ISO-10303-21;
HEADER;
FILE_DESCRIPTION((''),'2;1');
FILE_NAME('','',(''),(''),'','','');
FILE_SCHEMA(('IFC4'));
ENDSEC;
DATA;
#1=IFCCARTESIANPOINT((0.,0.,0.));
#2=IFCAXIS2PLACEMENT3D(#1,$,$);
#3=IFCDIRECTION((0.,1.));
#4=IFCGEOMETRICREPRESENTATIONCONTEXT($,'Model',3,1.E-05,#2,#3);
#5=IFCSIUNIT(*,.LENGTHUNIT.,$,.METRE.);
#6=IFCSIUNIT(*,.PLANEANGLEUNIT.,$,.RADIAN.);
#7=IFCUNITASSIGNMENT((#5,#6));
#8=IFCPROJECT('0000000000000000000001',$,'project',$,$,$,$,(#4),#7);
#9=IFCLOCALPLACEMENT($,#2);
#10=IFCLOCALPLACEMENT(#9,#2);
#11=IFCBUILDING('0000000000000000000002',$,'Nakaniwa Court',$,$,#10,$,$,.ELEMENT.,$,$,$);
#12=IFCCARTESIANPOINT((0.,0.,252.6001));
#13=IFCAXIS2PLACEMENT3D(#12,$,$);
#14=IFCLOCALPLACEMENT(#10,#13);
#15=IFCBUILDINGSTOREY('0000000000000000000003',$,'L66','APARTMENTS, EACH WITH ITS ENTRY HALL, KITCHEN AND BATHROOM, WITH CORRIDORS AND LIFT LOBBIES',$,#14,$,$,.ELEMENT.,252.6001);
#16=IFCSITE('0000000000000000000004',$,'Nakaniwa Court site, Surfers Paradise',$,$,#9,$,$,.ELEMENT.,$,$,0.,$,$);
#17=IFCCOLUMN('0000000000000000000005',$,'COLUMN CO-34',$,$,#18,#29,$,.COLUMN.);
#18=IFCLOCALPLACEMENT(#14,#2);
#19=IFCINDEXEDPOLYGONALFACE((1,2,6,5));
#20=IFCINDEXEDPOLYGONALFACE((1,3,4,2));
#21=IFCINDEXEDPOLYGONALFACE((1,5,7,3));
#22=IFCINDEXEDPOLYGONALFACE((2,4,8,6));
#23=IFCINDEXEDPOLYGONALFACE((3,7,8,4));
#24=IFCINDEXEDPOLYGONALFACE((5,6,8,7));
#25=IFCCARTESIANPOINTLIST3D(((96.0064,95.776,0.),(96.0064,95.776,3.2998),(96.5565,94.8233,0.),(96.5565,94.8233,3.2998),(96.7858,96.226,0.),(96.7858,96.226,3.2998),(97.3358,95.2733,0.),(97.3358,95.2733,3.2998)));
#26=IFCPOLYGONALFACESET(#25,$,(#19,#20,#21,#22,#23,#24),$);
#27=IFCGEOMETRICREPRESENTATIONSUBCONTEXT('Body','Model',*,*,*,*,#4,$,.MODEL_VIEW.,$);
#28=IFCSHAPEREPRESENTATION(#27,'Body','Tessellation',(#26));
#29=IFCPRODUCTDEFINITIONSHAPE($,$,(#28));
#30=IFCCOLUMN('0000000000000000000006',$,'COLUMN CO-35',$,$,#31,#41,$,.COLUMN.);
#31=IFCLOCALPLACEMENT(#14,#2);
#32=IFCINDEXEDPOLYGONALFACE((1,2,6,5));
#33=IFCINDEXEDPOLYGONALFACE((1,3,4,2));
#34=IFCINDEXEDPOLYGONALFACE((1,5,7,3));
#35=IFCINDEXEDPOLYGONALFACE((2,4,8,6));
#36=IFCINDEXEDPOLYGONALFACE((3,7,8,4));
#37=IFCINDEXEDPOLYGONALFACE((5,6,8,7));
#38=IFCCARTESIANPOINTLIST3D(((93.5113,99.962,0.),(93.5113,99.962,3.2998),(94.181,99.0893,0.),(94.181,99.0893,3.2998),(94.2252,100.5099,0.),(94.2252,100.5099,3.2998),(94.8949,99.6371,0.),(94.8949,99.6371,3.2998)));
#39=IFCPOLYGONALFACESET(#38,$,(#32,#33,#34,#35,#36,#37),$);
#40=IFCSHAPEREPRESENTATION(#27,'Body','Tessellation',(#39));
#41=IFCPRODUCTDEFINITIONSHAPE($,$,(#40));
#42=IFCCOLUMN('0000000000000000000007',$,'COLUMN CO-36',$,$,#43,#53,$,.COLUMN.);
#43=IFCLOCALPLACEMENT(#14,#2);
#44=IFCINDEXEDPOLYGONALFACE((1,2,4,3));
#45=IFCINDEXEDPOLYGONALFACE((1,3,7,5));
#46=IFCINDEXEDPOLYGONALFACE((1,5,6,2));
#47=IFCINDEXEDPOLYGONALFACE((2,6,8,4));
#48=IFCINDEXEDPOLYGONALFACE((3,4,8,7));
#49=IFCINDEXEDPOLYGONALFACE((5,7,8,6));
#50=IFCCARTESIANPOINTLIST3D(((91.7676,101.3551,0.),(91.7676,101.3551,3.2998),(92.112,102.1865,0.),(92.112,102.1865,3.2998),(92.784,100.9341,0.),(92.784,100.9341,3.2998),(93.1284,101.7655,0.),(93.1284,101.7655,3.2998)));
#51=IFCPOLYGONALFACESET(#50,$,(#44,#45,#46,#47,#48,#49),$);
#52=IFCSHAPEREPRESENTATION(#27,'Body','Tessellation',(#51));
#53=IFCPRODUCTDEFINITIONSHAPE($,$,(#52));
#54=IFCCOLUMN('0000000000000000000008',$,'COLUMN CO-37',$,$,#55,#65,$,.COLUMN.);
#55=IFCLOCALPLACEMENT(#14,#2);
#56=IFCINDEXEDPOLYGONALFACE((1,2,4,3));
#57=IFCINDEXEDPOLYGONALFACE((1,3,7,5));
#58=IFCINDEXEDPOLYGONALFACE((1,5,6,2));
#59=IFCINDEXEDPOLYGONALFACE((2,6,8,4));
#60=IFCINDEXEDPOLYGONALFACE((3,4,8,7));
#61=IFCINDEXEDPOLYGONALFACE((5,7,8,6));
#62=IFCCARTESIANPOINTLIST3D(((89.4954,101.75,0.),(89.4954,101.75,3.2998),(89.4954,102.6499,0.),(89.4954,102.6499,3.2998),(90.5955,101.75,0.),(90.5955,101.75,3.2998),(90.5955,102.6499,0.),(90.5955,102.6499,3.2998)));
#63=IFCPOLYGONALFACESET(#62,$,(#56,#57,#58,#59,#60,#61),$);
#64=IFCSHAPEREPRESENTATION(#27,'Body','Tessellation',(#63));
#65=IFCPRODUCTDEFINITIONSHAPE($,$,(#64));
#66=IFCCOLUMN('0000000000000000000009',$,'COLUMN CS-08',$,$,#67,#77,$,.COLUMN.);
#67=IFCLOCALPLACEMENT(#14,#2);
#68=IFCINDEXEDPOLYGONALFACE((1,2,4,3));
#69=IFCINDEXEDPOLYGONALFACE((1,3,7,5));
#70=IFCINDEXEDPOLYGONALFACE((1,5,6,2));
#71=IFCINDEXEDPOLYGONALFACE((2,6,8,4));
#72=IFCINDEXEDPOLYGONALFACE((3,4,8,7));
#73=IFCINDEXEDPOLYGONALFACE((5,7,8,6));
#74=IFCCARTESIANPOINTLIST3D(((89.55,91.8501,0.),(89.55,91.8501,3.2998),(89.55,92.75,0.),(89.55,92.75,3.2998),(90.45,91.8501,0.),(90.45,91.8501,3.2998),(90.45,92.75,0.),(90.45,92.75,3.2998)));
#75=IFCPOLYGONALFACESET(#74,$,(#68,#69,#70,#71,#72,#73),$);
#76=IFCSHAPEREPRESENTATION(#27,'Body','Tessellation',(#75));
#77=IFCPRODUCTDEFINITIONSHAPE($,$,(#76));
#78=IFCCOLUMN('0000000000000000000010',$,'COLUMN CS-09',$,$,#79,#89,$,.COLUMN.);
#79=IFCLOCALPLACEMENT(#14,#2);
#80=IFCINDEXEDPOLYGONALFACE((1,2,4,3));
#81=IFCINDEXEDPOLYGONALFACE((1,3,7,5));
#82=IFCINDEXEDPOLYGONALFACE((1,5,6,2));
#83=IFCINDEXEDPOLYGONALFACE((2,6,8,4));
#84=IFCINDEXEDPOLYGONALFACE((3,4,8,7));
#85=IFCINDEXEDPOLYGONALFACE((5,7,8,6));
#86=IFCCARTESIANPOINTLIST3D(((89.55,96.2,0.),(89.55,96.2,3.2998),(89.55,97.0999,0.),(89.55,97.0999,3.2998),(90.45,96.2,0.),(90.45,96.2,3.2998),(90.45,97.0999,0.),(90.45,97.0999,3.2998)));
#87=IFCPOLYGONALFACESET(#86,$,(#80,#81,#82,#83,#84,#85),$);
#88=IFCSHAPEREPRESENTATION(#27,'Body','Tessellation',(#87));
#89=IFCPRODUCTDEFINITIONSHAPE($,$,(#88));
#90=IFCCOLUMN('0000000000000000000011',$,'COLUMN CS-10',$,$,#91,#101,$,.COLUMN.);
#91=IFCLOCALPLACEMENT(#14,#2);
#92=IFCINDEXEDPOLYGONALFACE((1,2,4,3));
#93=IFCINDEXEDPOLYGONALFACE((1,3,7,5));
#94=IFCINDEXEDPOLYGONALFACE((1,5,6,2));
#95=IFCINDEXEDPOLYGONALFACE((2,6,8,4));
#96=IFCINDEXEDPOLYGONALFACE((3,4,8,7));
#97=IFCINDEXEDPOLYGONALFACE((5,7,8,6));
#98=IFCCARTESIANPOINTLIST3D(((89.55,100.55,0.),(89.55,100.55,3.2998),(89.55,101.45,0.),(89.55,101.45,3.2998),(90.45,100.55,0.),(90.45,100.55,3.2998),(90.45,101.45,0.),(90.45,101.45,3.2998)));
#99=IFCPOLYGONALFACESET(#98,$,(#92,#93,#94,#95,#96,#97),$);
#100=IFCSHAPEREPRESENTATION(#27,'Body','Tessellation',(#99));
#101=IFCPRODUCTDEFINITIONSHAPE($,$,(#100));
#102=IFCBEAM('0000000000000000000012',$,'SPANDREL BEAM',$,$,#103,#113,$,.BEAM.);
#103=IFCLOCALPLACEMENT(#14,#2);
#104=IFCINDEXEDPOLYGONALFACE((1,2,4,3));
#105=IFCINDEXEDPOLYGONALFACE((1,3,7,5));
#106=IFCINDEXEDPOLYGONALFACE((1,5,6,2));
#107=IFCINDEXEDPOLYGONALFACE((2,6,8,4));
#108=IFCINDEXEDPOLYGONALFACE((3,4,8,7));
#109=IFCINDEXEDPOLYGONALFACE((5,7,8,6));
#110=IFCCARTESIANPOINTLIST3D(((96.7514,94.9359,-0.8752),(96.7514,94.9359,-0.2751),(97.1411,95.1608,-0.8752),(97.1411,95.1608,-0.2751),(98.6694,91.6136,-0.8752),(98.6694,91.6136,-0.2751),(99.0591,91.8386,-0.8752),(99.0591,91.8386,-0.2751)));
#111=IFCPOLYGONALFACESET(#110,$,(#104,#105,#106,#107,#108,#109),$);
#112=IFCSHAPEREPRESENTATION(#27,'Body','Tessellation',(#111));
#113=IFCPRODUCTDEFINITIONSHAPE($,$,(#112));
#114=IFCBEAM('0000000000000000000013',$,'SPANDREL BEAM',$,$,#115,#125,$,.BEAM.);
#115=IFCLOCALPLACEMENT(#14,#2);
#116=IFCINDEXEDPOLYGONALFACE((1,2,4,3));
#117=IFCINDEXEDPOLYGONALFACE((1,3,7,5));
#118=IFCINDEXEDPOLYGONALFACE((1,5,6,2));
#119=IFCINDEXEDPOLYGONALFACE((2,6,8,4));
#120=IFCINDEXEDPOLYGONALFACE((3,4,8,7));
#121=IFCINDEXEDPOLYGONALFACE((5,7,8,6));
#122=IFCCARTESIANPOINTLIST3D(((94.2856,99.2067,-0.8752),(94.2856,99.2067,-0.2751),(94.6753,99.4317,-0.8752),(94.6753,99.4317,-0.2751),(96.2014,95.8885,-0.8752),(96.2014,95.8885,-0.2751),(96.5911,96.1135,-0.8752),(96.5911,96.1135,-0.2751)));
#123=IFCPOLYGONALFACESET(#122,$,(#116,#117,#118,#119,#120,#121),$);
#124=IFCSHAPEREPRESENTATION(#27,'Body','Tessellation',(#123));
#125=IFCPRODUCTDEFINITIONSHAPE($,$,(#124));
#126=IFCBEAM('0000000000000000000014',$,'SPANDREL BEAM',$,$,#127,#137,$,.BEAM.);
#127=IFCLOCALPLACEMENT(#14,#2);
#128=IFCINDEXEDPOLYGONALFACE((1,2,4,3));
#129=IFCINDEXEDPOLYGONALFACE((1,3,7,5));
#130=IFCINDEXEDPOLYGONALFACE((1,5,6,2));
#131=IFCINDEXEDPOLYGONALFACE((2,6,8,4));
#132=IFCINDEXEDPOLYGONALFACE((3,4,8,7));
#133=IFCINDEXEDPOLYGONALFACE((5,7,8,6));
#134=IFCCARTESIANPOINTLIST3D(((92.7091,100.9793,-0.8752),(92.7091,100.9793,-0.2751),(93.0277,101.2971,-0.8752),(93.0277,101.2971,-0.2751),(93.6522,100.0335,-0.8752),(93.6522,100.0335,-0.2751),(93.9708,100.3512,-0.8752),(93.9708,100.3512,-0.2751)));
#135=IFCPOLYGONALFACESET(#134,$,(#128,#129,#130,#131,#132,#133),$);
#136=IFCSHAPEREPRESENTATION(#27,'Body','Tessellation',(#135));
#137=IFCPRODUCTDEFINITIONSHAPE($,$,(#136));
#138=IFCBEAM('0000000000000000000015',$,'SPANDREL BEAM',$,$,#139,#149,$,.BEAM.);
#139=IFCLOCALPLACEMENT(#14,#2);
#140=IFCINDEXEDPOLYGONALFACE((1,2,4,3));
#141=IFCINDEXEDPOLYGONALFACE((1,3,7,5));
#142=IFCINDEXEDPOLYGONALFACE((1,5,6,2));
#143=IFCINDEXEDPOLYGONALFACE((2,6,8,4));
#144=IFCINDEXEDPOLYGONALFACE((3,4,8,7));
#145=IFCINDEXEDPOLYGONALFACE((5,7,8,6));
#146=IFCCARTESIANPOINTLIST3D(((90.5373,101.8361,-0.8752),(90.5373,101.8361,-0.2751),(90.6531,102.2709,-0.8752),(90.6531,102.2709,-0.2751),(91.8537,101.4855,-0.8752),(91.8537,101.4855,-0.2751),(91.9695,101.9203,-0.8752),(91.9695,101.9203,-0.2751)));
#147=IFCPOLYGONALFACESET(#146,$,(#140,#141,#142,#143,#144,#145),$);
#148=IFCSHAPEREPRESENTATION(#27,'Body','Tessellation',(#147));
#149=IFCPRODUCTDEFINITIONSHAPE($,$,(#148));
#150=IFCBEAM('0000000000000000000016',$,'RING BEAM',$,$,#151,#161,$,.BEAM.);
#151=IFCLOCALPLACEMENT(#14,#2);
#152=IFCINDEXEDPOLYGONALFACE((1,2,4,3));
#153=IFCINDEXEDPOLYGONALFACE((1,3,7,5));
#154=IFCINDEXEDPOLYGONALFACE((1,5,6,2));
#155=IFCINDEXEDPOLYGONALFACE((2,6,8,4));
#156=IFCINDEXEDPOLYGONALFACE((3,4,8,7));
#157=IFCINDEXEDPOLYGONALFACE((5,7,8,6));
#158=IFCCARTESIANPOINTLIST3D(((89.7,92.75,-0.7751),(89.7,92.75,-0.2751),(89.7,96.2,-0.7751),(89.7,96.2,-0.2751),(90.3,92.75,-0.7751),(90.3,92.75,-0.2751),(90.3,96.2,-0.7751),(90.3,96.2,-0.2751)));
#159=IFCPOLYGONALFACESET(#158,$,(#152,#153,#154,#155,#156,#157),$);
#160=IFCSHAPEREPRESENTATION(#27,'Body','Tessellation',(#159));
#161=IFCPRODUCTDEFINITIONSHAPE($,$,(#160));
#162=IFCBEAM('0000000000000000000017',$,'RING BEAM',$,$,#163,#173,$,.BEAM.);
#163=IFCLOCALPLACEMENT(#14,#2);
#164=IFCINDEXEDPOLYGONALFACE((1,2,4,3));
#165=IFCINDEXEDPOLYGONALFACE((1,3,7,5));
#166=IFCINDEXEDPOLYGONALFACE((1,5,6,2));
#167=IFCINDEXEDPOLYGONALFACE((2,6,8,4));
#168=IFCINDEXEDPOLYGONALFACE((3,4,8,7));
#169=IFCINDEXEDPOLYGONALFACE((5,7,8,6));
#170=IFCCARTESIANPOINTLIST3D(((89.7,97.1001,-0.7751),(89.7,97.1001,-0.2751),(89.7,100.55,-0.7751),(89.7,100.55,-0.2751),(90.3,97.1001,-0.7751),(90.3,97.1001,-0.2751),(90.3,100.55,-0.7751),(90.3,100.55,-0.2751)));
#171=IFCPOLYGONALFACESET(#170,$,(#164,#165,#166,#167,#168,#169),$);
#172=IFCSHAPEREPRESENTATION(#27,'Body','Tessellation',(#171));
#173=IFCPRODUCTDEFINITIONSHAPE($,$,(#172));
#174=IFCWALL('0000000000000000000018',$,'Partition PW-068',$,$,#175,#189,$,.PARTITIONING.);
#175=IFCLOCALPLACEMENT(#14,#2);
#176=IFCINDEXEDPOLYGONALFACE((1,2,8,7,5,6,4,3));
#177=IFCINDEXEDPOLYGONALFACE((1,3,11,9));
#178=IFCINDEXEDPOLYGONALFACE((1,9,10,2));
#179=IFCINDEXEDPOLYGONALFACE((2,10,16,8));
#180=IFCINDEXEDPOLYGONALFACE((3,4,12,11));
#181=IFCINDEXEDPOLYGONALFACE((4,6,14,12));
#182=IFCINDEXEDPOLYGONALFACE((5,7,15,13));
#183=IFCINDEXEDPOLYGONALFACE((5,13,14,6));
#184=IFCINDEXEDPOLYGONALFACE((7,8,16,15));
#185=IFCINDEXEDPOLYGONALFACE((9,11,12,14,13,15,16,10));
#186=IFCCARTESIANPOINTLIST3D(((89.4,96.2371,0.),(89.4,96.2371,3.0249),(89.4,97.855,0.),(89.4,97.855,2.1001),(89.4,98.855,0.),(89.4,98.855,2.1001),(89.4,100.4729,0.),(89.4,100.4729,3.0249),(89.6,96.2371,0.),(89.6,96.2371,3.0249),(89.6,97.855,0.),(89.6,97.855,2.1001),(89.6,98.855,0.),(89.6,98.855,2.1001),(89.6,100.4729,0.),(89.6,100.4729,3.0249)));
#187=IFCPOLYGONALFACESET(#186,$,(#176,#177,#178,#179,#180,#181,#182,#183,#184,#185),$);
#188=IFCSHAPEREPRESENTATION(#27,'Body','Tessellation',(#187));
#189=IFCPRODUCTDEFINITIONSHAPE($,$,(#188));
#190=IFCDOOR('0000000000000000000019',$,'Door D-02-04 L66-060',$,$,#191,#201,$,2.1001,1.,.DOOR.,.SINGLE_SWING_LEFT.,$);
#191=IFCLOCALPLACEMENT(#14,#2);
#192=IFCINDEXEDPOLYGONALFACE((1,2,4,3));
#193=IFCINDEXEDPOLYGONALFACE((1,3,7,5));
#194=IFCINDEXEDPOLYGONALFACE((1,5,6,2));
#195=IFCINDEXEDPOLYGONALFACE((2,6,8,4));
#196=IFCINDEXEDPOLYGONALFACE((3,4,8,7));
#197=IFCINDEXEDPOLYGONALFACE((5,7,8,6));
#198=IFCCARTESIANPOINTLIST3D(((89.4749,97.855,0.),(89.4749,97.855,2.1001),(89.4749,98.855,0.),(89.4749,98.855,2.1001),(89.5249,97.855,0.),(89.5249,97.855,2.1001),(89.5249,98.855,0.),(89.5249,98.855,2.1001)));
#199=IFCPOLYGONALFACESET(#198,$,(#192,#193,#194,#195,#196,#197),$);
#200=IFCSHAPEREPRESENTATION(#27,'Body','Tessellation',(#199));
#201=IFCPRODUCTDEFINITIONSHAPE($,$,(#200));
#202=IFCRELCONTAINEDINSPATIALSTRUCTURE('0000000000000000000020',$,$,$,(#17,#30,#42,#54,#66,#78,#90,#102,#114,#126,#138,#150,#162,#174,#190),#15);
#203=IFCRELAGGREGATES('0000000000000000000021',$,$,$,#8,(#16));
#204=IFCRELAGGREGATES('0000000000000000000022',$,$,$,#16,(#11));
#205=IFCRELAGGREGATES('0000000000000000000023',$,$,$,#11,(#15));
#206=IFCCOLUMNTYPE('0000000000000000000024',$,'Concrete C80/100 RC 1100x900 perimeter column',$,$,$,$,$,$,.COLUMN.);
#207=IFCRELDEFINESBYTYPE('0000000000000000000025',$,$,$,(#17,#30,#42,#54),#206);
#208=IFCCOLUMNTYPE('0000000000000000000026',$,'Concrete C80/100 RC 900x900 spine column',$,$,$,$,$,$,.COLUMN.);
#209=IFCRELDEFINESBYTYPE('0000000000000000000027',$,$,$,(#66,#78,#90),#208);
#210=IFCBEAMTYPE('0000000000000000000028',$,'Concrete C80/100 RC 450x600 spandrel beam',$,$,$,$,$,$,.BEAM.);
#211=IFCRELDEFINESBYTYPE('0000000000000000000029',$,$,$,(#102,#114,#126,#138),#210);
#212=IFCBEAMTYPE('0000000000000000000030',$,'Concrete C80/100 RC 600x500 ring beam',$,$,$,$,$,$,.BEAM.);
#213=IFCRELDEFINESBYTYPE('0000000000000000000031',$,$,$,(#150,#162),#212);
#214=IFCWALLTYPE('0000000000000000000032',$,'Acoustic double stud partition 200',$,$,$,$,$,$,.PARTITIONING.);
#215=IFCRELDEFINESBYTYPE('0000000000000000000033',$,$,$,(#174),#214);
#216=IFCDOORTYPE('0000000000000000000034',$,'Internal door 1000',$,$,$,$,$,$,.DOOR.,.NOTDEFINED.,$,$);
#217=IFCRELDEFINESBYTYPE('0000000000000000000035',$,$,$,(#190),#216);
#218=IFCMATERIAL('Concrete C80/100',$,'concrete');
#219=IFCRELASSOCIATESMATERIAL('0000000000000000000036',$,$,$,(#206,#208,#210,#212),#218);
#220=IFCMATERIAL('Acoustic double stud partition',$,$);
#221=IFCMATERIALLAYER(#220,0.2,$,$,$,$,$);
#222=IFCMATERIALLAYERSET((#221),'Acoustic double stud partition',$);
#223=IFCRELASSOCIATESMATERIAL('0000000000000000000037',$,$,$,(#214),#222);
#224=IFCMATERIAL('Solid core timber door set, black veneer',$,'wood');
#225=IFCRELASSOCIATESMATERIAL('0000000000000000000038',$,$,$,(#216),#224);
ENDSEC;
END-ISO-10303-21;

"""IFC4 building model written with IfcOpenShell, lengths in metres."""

from ifc_helpers import new_model, si_unit, direction, frame, frame_2d, origin, origin_2d, place, context, subcontext, project, spatial, rectangle, extrude, material, layer, layer_set, material_profile, profile_set, type_object, element, fill, save


model = new_model("IFC4")

# Units and contexts
model_context = context("Model", 3, precision=1e-05, world=origin(), true_north=direction((0.0, 1.0)))
body_context = subcontext(model_context, "Body", "Model", "MODEL_VIEW")
ifc_project = project(units=[si_unit("LENGTHUNIT", "METRE"), si_unit("PLANEANGLEUNIT", "RADIAN")], contexts=[model_context])

# Site, building, storey
site_placement = place(None, origin())
site = spatial("IfcSite", under=ifc_project, at=site_placement, Name="Nakaniwa Court site, Surfers Paradise", CompositionType="ELEMENT", RefElevation=0.0)
building_placement = place(site_placement, origin())
building = spatial("IfcBuilding", under=site, at=building_placement, Name="Nakaniwa Court", CompositionType="ELEMENT")
storey_placement = place(building_placement, frame((0.0, 0.0, 252.6001)))
storey = spatial("IfcBuildingStorey", under=building, at=storey_placement, Name="L66", Description="APARTMENTS, EACH WITH ITS ENTRY HALL, KITCHEN AND BATHROOM, WITH CORRIDORS AND LIFT LOBBIES", CompositionType="ELEMENT", Elevation=252.6001)

# Columns
ifc_material_1 = material(Name="Concrete C80/100", Category="concrete")
ifc_material_profile_1 = material_profile(ifc_material_1, rectangle(XDim=1.1001, YDim=0.8999, at=origin_2d()), Name="Concrete C80/100 RC 1100x900 perimeter column")
ifc_profile_set_1 = profile_set([ifc_material_profile_1], Name="Concrete C80/100")
column_type_1 = type_object("IfcColumnType", Name="Concrete C80/100 RC 1100x900 perimeter column", PredefinedType="COLUMN", material=ifc_profile_set_1)
for number, where, z_axis, x_axis, name in (
    (1, (96.6711, 95.5247, 0.0), (0.0, 0.0, 1.0), (-0.5, 0.866025, 0.0), "COLUMN CO-34"),
    (2, (94.2031, 99.7996, 0.0), (0.0, 0.0, 1.0), (-0.608761, 0.793353, 0.0), "COLUMN CO-35"),
    (3, (92.448, 101.5603, 0.0), (0.0, 0.0, 1.0), (-0.92388, 0.382683, 0.0), "COLUMN CO-36"),
    (4, (90.0454, 102.2, 0.0), (0.0, 0.0, 1.0), (-1.0, 0.0, 0.0), "COLUMN CO-37"),
):
    element("IfcColumn", number, at=place(storey_placement, frame(where, z_axis=z_axis, x_axis=x_axis)), inside=storey, type_object=column_type_1, Name=name, PredefinedType="COLUMN", context=body_context, shape_type="SweptSolid", body=[
        extrude(rectangle(XDim=1.1001, YDim=0.8999, at=origin_2d()), origin(), (0.0, 0.0, 1.0), 3.2998),
    ])
ifc_material_profile_2 = material_profile(ifc_material_1, rectangle(XDim=0.8999, YDim=0.8999, at=origin_2d()), Name="Concrete C80/100 RC 900x900 spine column")
ifc_profile_set_2 = profile_set([ifc_material_profile_2], Name="Concrete C80/100")
column_type_2 = type_object("IfcColumnType", Name="Concrete C80/100 RC 900x900 spine column", PredefinedType="COLUMN", material=ifc_profile_set_2)
for number, where, z_axis, x_axis, name in (
    (5, (90.0, 92.3, 0.0), (0.0, 0.0, 1.0), (0.0, 1.0, 0.0), "COLUMN CS-08"),
    (6, (90.0, 96.6499, 0.0), (0.0, 0.0, 1.0), (0.0, 1.0, 0.0), "COLUMN CS-09"),
    (7, (90.0, 101.0, 0.0), (0.0, 0.0, 1.0), (0.0, 1.0, 0.0), "COLUMN CS-10"),
):
    element("IfcColumn", number, at=place(storey_placement, frame(where, z_axis=z_axis, x_axis=x_axis)), inside=storey, type_object=column_type_2, Name=name, PredefinedType="COLUMN", context=body_context, shape_type="SweptSolid", body=[
        extrude(rectangle(XDim=0.8999, YDim=0.8999, at=origin_2d()), origin(), (0.0, 0.0, 1.0), 3.2998),
    ])

# Beams
ifc_material_profile_3 = material_profile(ifc_material_1, rectangle(XDim=0.45, YDim=0.6001, at=origin_2d()), Name="Concrete C80/100 RC 450x600 spandrel beam")
ifc_profile_set_3 = profile_set([ifc_material_profile_3], Name="Concrete C80/100")
beam_type_1 = type_object("IfcBeamType", Name="Concrete C80/100 RC 450x600 spandrel beam", PredefinedType="BEAM", material=ifc_profile_set_3)
beam_1_placement = place(storey_placement, frame((98.8643, 91.7261, -0.5752), z_axis=(-0.499972, 0.866041, 0.0), x_axis=(-0.866041, -0.499972, 0.0)))
element("IfcBeam", 8, at=beam_1_placement, inside=storey, type_object=beam_type_1, Name="SPANDREL BEAM", PredefinedType="BEAM", context=body_context, shape_type="SweptSolid", body=[
    extrude(rectangle(XDim=0.45, YDim=0.6001, at=origin_2d()), origin(), (0.0, 0.0, 1.0), 3.8362),
])
beam_2_placement = place(storey_placement, frame((96.3962, 96.001, -0.5752), z_axis=(-0.500011, 0.866019, 0.0), x_axis=(-0.866019, -0.500011, 0.0)))
element("IfcBeam", 9, at=beam_2_placement, inside=storey, type_object=beam_type_1, Name="SPANDREL BEAM", PredefinedType="BEAM", context=body_context, shape_type="SweptSolid", body=[
    extrude(rectangle(XDim=0.45, YDim=0.6001, at=origin_2d()), origin(), (0.0, 0.0, 1.0), 3.8315),
])
beam_3_placement = place(storey_placement, frame((93.8115, 100.1924, -0.5752), z_axis=(-0.706101, 0.708111, 0.0), x_axis=(-0.708111, -0.706101, 0.0)))
element("IfcBeam", 10, at=beam_3_placement, inside=storey, type_object=beam_type_1, Name="SPANDREL BEAM", PredefinedType="BEAM", context=body_context, shape_type="SweptSolid", body=[
    extrude(rectangle(XDim=0.45, YDim=0.6001, at=origin_2d()), origin(), (0.0, 0.0, 1.0), 1.3357),
])
beam_4_placement = place(storey_placement, frame((91.9116, 101.7029, -0.5752), z_axis=(-0.966318, 0.25735, 0.0), x_axis=(-0.25735, -0.966318, 0.0)))
element("IfcBeam", 11, at=beam_4_placement, inside=storey, type_object=beam_type_1, Name="SPANDREL BEAM", PredefinedType="BEAM", context=body_context, shape_type="SweptSolid", body=[
    extrude(rectangle(XDim=0.45, YDim=0.6001, at=origin_2d()), origin(), (0.0, 0.0, 1.0), 1.3623),
])
ifc_material_profile_4 = material_profile(ifc_material_1, rectangle(XDim=0.6001, YDim=0.5, at=origin_2d()), Name="Concrete C80/100 RC 600x500 ring beam")
ifc_profile_set_4 = profile_set([ifc_material_profile_4], Name="Concrete C80/100")
beam_type_2 = type_object("IfcBeamType", Name="Concrete C80/100 RC 600x500 ring beam", PredefinedType="BEAM", material=ifc_profile_set_4)
for number, where, z_axis, x_axis, name in (
    (12, (90.0, 92.75, -0.5251), (0.0, 1.0, 0.0), (-1.0, 0.0, 0.0), "RING BEAM"),
    (13, (90.0, 97.1001, -0.5251), (0.0, 1.0, 0.0), (-1.0, 0.0, 0.0), "RING BEAM"),
):
    element("IfcBeam", number, at=place(storey_placement, frame(where, z_axis=z_axis, x_axis=x_axis)), inside=storey, type_object=beam_type_2, Name=name, PredefinedType="BEAM", context=body_context, shape_type="SweptSolid", body=[
        extrude(rectangle(XDim=0.6001, YDim=0.5, at=origin_2d()), origin(), (0.0, 0.0, 1.0), 3.45),
    ])

# Wall, opening, door
ifc_material_2 = material(Name="Acoustic double stud partition")
ifc_layer_1 = layer(ifc_material_2, 0.2)
ifc_layer_set_1 = layer_set([ifc_layer_1], Name="Acoustic double stud partition")
wall_type_1 = type_object("IfcWallType", Name="Acoustic double stud partition 200", PredefinedType="PARTITIONING", material=ifc_layer_set_1)
wall_1_placement = place(storey_placement, frame((89.5, 100.4729, 0.0), z_axis=(0.0, 0.0, 1.0), x_axis=(0.0, -1.0, 0.0)))
wall_1 = element("IfcWall", 14, at=wall_1_placement, inside=storey, type_object=wall_type_1, Name="Partition PW-068", PredefinedType="PARTITIONING", context=body_context, shape_type="SweptSolid", body=[
    extrude(rectangle(XDim=4.2358, YDim=0.2, at=frame_2d((2.1179, 0.0))), origin(), (0.0, 0.0, 1.0), 3.0249),
])
opening_1_placement = place(wall_1_placement, frame((1.6179, 0.0, 0.0)))
opening_1 = element("IfcOpeningElement", 15, at=opening_1_placement, cuts=wall_1, PredefinedType="OPENING", context=body_context, shape_type="SweptSolid", body=[
    extrude(rectangle(XDim=1.0, YDim=2.1001, at=frame_2d((0.5, 1.05))), frame((0.0, 0.1099, 0.0), z_axis=(0.0, -1.0, 0.0), x_axis=(1.0, 0.0, 0.0)), (0.0, 0.0, 1.0), 0.22),
])
ifc_material_3 = material(Name="Solid core timber door set, black veneer", Category="wood")
door_type_1 = type_object("IfcDoorType", Name="Internal door 1000", OperationType="NOTDEFINED", PredefinedType="DOOR", material=ifc_material_3)
door_1_placement = place(opening_1_placement, origin())
door_1 = element("IfcDoor", 16, at=door_1_placement, inside=storey, type_object=door_type_1, Name="Door D-02-04 L66-060", OperationType="SINGLE_SWING_LEFT", OverallHeight=2.1001, OverallWidth=1.0, PredefinedType="DOOR", context=body_context, shape_type="SweptSolid", body=[
    extrude(rectangle(XDim=1.0, YDim=2.1001, at=frame_2d((0.5, 1.05))), frame((0.0, 0.0249, 0.0), z_axis=(0.0, -1.0, 0.0), x_axis=(1.0, 0.0, 0.0)), (0.0, 0.0, 1.0), 0.05),
])
fill(opening_1, door_1)

save(model, "model.ifc")
